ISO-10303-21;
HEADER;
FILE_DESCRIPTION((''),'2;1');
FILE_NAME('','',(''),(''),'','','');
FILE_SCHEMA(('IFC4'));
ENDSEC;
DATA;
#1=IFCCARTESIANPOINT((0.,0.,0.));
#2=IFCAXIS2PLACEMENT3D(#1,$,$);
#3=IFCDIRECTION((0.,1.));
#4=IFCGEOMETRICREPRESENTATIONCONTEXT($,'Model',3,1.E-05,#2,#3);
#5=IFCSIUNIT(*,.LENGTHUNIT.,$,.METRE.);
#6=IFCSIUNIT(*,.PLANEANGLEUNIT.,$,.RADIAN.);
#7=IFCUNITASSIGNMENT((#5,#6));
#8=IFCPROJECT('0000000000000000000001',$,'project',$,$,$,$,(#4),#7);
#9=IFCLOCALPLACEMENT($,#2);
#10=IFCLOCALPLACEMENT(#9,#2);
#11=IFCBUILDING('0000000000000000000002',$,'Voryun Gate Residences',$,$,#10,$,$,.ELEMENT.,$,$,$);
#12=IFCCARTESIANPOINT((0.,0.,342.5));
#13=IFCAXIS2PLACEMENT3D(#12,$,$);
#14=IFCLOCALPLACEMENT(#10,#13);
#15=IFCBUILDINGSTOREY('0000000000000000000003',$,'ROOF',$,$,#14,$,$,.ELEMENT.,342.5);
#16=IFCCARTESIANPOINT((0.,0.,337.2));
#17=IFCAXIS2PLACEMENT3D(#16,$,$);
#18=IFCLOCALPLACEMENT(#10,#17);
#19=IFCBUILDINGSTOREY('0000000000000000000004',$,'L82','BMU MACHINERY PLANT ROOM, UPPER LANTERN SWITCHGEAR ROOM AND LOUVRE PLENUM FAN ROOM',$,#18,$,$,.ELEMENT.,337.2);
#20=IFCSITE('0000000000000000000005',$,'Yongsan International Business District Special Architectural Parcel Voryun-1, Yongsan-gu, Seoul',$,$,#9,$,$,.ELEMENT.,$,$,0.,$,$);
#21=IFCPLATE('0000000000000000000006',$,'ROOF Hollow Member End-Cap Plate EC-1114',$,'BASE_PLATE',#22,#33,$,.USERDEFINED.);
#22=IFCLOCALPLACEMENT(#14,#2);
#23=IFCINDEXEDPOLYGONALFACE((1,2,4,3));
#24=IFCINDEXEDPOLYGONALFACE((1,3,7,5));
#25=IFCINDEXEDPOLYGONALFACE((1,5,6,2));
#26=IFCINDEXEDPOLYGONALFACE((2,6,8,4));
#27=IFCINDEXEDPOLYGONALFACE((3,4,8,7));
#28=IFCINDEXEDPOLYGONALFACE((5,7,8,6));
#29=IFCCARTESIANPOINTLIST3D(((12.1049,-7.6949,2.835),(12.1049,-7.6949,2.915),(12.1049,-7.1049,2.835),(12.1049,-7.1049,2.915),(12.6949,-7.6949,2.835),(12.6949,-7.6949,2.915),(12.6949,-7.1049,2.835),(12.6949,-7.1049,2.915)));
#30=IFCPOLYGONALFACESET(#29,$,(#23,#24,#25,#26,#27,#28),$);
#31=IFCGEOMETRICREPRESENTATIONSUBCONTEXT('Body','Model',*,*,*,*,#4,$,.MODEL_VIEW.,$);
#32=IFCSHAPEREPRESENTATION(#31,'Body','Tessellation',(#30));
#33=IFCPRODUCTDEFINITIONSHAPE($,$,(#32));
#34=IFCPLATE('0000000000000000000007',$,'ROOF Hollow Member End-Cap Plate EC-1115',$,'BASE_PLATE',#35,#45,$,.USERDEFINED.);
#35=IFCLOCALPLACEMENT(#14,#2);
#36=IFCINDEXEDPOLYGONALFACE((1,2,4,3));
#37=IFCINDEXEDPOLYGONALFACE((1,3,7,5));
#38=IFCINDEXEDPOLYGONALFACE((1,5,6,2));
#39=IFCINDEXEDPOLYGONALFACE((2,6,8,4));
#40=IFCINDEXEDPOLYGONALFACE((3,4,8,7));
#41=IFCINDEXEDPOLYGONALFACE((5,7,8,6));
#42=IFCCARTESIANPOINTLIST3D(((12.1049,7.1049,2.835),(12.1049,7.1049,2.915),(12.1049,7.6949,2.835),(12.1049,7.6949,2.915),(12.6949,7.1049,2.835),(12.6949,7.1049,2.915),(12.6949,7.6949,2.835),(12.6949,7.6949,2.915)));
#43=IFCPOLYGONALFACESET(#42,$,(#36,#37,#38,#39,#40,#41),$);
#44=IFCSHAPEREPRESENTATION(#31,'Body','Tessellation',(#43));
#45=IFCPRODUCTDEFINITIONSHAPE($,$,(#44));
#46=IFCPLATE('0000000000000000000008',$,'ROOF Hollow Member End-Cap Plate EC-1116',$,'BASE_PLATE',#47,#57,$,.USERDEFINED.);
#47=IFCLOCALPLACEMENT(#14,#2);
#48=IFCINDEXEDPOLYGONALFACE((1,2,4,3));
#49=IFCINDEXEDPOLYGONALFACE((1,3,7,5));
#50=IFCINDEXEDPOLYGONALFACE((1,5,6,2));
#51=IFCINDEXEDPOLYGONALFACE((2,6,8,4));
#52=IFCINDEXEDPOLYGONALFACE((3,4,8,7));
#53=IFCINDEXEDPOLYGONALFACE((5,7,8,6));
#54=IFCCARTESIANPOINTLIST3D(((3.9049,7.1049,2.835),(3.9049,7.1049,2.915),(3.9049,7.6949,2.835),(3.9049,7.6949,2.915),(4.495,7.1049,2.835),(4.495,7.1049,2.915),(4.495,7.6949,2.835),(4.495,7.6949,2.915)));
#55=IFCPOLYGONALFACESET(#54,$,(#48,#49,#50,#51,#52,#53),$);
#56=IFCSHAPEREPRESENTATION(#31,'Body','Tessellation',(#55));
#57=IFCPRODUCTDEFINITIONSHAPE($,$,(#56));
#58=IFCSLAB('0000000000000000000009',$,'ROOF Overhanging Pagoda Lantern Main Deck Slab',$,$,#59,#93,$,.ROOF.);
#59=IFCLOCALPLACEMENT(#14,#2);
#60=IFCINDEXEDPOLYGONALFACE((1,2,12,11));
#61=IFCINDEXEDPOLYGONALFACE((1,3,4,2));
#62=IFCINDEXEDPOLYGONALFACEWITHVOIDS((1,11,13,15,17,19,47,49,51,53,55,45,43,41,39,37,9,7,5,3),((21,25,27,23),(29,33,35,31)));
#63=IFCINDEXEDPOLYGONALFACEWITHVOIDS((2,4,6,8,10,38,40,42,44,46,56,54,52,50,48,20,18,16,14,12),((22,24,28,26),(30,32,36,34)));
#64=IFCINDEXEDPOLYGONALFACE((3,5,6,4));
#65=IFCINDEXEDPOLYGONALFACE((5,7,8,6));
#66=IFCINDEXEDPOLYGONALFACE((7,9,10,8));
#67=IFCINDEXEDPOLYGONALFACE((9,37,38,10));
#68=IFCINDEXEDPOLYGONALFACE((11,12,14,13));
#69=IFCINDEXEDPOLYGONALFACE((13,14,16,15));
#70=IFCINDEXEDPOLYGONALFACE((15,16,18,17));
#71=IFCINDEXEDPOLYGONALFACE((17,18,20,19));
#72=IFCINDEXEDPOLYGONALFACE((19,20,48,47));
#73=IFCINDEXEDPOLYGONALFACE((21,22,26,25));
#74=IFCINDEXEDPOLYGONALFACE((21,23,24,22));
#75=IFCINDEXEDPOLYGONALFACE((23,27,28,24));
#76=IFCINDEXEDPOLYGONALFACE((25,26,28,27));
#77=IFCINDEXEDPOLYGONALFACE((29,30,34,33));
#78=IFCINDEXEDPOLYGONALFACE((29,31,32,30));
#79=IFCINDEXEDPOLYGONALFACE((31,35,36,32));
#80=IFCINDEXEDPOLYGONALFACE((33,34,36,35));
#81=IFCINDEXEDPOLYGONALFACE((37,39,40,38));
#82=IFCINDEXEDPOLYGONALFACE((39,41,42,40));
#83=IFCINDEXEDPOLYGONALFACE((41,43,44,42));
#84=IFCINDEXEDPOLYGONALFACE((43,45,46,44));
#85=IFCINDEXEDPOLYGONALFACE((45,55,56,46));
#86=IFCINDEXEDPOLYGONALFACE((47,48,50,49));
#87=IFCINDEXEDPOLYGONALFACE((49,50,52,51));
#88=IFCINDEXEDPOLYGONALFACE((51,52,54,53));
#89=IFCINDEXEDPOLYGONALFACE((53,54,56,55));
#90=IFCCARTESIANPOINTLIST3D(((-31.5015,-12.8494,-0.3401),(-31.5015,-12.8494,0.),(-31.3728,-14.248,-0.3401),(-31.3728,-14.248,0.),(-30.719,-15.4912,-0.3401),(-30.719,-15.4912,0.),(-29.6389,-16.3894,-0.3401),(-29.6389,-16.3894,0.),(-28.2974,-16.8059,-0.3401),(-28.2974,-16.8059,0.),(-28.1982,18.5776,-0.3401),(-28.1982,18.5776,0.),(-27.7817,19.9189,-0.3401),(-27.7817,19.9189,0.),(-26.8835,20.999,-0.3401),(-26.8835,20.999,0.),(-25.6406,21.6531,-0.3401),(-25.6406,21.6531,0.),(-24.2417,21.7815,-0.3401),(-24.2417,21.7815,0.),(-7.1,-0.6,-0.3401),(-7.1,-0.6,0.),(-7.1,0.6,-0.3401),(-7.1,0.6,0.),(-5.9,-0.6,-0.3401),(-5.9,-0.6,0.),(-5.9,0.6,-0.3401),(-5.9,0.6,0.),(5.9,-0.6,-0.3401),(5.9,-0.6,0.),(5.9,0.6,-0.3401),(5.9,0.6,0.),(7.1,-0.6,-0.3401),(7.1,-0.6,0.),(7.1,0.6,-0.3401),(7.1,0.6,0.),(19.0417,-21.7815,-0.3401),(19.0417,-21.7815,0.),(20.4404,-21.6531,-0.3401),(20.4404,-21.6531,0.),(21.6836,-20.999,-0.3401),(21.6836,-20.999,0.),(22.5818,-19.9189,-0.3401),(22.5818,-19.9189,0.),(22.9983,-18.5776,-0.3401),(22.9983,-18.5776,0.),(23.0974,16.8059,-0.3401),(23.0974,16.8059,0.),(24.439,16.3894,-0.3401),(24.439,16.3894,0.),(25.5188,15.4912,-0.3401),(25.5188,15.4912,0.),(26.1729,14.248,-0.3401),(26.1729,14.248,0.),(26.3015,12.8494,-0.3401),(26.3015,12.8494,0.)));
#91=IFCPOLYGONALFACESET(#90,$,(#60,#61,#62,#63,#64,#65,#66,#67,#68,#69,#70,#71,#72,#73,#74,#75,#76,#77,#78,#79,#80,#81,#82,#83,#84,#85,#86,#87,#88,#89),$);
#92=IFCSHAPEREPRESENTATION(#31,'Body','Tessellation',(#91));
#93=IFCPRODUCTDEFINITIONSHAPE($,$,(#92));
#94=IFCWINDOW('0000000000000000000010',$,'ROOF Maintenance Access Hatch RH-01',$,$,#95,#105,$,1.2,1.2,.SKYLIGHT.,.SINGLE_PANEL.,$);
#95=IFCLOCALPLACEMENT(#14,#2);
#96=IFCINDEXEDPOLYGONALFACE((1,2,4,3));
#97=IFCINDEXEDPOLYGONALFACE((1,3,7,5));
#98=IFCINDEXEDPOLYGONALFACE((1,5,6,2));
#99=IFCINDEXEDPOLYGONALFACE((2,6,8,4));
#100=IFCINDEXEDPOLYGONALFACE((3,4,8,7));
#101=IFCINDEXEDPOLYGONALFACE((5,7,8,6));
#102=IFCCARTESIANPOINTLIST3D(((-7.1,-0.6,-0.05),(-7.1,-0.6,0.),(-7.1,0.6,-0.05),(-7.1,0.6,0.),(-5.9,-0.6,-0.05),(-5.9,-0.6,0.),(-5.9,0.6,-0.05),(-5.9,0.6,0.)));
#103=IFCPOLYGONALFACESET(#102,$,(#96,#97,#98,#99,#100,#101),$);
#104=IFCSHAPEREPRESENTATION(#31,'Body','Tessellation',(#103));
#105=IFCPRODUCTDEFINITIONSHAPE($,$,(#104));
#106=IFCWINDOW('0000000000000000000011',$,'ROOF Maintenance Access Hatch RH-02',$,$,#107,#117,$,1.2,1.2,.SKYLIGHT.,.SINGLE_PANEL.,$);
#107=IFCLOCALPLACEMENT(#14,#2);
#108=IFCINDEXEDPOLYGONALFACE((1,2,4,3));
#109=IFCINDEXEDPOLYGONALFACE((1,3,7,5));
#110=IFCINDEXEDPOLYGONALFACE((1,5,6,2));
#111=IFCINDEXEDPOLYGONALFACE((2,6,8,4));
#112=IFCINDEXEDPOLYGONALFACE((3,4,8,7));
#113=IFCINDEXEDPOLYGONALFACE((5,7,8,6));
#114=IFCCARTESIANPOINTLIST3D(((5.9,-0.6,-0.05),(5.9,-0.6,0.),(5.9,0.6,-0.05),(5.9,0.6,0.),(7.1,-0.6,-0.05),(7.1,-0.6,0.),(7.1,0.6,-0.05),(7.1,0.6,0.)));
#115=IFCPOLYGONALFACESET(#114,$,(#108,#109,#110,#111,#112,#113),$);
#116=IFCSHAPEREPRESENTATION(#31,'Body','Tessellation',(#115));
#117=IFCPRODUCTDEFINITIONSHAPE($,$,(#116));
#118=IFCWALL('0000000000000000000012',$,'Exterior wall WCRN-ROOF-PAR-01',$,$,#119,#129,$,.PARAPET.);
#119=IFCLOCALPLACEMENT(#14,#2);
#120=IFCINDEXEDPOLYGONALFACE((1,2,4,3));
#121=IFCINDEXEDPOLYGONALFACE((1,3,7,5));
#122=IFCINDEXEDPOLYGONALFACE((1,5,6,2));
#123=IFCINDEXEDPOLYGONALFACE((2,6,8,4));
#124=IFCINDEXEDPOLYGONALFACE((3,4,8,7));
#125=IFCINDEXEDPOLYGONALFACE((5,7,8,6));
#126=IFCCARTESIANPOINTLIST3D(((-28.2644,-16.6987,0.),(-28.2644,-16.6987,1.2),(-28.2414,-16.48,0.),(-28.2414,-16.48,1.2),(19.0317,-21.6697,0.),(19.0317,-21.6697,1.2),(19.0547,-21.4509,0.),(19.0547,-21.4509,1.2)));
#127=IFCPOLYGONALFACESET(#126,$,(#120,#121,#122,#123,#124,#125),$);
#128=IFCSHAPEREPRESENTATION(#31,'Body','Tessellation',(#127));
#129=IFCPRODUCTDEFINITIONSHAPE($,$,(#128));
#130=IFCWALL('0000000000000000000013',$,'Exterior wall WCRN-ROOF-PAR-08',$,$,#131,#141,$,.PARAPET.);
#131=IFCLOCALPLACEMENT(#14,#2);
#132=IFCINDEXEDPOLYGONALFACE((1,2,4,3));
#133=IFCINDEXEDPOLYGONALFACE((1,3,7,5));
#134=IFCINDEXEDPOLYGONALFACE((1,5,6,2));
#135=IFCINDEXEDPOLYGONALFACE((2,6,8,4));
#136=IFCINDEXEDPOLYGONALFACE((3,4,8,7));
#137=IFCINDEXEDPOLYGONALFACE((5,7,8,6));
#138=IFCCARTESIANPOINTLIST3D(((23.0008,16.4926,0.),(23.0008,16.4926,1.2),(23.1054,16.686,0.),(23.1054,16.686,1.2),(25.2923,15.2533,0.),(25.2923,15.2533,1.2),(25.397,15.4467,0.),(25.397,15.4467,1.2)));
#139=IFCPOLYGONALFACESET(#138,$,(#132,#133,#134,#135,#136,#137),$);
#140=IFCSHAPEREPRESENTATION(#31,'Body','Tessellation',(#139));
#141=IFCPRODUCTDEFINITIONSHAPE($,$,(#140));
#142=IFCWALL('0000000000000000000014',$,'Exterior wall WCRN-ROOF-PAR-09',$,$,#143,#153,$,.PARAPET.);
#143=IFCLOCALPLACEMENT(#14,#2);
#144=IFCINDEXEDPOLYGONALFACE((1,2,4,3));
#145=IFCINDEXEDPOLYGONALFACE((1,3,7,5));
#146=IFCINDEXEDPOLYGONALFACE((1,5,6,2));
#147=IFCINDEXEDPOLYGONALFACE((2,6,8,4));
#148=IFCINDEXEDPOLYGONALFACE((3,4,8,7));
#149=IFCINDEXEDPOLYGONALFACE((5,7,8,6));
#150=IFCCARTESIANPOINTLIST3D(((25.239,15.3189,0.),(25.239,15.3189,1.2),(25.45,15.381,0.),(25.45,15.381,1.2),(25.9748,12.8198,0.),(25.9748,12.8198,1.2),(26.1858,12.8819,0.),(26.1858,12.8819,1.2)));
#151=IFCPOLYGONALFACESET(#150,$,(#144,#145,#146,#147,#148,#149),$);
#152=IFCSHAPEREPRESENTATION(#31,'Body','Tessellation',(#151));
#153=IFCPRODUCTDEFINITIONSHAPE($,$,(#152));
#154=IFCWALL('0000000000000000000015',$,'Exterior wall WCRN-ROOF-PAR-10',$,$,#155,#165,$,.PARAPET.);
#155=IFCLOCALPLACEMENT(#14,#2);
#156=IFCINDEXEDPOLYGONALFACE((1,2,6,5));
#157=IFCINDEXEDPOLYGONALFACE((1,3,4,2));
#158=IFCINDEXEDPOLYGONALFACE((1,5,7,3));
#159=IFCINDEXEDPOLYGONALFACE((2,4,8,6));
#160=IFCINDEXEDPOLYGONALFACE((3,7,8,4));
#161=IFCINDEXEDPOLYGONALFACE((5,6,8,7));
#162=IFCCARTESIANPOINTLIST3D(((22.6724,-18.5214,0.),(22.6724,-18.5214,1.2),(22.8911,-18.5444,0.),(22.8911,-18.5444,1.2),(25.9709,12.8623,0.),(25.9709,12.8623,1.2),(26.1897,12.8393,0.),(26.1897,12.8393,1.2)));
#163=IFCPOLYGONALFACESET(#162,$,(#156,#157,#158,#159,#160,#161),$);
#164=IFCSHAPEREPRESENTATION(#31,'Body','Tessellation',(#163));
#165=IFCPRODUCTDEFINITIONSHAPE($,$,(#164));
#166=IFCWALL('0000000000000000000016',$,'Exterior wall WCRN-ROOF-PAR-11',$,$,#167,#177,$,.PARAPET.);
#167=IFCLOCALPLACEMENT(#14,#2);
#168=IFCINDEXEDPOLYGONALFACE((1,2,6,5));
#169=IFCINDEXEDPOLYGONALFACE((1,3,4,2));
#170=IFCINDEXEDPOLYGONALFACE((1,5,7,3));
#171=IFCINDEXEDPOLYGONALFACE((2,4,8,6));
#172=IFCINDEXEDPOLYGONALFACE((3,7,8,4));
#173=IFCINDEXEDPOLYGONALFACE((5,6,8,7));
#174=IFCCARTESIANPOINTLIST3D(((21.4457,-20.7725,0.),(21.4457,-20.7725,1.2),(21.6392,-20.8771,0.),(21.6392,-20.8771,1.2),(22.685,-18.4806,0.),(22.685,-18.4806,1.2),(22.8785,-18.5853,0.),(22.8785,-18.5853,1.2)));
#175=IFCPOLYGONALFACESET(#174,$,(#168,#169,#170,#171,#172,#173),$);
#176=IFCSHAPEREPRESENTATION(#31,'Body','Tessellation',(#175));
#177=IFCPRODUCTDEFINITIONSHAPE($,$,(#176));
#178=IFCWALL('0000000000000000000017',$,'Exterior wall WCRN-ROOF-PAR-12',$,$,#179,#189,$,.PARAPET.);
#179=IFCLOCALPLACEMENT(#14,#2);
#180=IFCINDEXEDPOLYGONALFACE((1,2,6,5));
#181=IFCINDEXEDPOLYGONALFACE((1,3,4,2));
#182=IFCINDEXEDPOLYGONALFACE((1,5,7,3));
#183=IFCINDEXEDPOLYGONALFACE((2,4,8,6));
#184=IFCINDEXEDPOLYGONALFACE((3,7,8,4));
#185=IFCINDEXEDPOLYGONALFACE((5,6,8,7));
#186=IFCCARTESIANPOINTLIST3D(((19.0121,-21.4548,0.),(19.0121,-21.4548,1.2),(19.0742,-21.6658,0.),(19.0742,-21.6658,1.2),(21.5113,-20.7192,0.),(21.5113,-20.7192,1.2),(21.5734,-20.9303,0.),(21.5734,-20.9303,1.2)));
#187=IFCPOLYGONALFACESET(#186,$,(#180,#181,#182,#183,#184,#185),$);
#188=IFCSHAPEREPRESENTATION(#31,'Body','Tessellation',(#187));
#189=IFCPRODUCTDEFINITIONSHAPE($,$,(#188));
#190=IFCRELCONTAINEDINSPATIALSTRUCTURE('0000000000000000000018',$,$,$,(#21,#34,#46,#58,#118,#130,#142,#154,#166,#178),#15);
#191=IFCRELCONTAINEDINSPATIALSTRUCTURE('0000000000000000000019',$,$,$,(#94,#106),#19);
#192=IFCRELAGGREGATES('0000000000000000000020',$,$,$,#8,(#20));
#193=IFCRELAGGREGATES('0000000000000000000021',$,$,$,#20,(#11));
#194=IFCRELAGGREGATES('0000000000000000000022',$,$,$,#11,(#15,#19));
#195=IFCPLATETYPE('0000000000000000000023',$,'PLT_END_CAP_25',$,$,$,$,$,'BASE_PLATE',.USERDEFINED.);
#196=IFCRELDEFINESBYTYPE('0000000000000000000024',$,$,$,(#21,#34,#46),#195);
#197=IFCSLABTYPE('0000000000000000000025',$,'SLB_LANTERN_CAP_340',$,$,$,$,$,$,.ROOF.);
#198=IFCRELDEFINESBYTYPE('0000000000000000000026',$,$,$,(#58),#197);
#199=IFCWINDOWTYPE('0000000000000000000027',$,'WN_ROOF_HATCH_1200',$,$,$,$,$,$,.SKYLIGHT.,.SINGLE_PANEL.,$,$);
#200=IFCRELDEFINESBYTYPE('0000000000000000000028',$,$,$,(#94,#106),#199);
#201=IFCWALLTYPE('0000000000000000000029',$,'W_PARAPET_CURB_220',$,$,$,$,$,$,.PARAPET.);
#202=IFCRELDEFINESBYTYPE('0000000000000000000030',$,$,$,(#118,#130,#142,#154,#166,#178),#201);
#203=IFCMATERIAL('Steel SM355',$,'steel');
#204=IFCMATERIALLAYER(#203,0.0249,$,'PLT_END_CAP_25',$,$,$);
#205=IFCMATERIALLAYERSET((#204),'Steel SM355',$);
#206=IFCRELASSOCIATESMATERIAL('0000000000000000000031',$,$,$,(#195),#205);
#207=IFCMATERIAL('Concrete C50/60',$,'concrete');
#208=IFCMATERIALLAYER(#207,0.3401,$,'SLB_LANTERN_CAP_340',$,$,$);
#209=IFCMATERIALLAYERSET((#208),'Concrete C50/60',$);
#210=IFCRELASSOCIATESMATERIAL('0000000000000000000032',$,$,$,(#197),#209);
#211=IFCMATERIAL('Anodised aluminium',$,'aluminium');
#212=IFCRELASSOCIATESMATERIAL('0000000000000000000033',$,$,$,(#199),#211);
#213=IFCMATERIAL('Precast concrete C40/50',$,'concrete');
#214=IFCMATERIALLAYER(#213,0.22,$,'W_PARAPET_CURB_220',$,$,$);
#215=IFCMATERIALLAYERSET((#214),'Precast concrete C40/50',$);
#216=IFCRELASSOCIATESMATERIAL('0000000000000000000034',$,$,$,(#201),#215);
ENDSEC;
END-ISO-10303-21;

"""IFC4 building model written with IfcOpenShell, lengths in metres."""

from ifc_helpers import new_model, si_unit, direction, frame, frame_2d, origin, origin_2d, place, context, subcontext, project, spatial, polyline, rectangle, outline, extrude, material, layer, layer_set, type_object, element, fill, save


model = new_model("IFC4")

# Units and contexts
model_context = context("Model", 3, precision=1e-05, world=origin(), true_north=direction((0.0, 1.0)))
body_context = subcontext(model_context, "Body", "Model", "MODEL_VIEW")
ifc_project = project(units=[si_unit("LENGTHUNIT", "METRE"), si_unit("PLANEANGLEUNIT", "RADIAN")], contexts=[model_context])

# Site, building, storey
site_placement = place(None, origin())
site = spatial("IfcSite", under=ifc_project, at=site_placement, Name="Yongsan International Business District Special Architectural Parcel Voryun-1, Yongsan-gu, Seoul", CompositionType="ELEMENT", RefElevation=0.0)
building_placement = place(site_placement, origin())
building = spatial("IfcBuilding", under=site, at=building_placement, Name="Voryun Gate Residences", CompositionType="ELEMENT")
storey_1_placement = place(building_placement, frame((0.0, 0.0, 342.5)))
storey_1 = spatial("IfcBuildingStorey", under=building, at=storey_1_placement, Name="ROOF", CompositionType="ELEMENT", Elevation=342.5)

# Plates
ifc_material_1 = material(Name="Steel SM355", Category="steel")
ifc_layer_1 = layer(ifc_material_1, 0.0249, Name="PLT_END_CAP_25")
ifc_layer_set_1 = layer_set([ifc_layer_1], Name="Steel SM355")
plate_type = type_object("IfcPlateType", Name="PLT_END_CAP_25", ElementType="BASE_PLATE", PredefinedType="USERDEFINED", material=ifc_layer_set_1)
for number, where, z_axis, x_axis, name in (
    (1, (12.3999, -7.3999, 2.835), (0.0, 0.0, 1.0), (1.0, 0.0, 0.0), "ROOF Hollow Member End-Cap Plate EC-1114"),
    (2, (12.3999, 7.3999, 2.835), (0.0, 0.0, 1.0), (1.0, 0.0, 0.0), "ROOF Hollow Member End-Cap Plate EC-1115"),
    (3, (4.2, 7.3999, 2.835), (0.0, 0.0, 1.0), (1.0, 0.0, 0.0), "ROOF Hollow Member End-Cap Plate EC-1116"),
):
    element("IfcPlate", number, at=place(storey_1_placement, frame(where, z_axis=z_axis, x_axis=x_axis)), inside=storey_1, type_object=plate_type, Name=name, ObjectType="BASE_PLATE", PredefinedType="USERDEFINED", context=body_context, shape_type="SweptSolid", body=[
        extrude(rectangle(XDim=0.5901, YDim=0.5901, at=origin_2d()), origin(), (0.0, 0.0, 1.0), 0.0801),
    ])

# Slab, openings
ifc_material_2 = material(Name="Concrete C50/60", Category="concrete")
ifc_layer_2 = layer(ifc_material_2, 0.3401, Name="SLB_LANTERN_CAP_340")
ifc_layer_set_2 = layer_set([ifc_layer_2], Name="Concrete C50/60")
slab_type = type_object("IfcSlabType", Name="SLB_LANTERN_CAP_340", PredefinedType="ROOF", material=ifc_layer_set_2)
slab_placement = place(storey_1_placement, frame((0.0, 0.0, -0.3401)))
slab = element("IfcSlab", 4, at=slab_placement, inside=storey_1, type_object=slab_type, Name="ROOF Overhanging Pagoda Lantern Main Deck Slab", PredefinedType="ROOF", context=body_context, shape_type="SweptSolid", body=[
    extrude(outline(polyline([(19.0417, -21.7815), (20.4404, -21.6531), (21.6836, -20.999), (22.5818, -19.9189), (22.9983, -18.5776), (26.3015, 12.8494), (26.1729, 14.248), (25.5188, 15.4912), (24.439, 16.3894), (23.0974, 16.8059), (-24.2417, 21.7815), (-25.6406, 21.6531), (-26.8835, 20.999), (-27.7817, 19.9189), (-28.1982, 18.5776), (-31.5015, -12.8494), (-31.3728, -14.248), (-30.719, -15.4912), (-29.6389, -16.3894), (-28.2974, -16.8059), (19.0417, -21.7815)])), origin(), (0.0, 0.0, 1.0), 0.3401),
])
opening_1_placement = place(slab_placement, frame((-6.5, 0.0, 0.0)))
opening_1 = element("IfcOpeningElement", 5, at=opening_1_placement, cuts=slab, PredefinedType="OPENING", context=body_context, shape_type="SweptSolid", body=[
    extrude(rectangle(XDim=1.2, YDim=1.2, at=origin_2d()), origin(), (0.0, 0.0, 1.0), 0.3401),
])
opening_2_placement = place(slab_placement, frame((6.5, 0.0, 0.0)))
opening_2 = element("IfcOpeningElement", 6, at=opening_2_placement, cuts=slab, PredefinedType="OPENING", context=body_context, shape_type="SweptSolid", body=[
    extrude(rectangle(XDim=1.2, YDim=1.2, at=origin_2d()), origin(), (0.0, 0.0, 1.0), 0.3401),
])

# Shared definitions
storey_2_placement = place(building_placement, frame((0.0, 0.0, 337.2)))
storey_2 = spatial("IfcBuildingStorey", under=building, at=storey_2_placement, Name="L82", Description="BMU MACHINERY PLANT ROOM, UPPER LANTERN SWITCHGEAR ROOM AND LOUVRE PLENUM FAN ROOM", CompositionType="ELEMENT", Elevation=337.2)

# Windows
ifc_material_3 = material(Name="Anodised aluminium", Category="aluminium")
window_type = type_object("IfcWindowType", Name="WN_ROOF_HATCH_1200", PartitioningType="SINGLE_PANEL", PredefinedType="SKYLIGHT", material=ifc_material_3)
window_1_placement = place(opening_1_placement, frame((0.0, 0.0, 0.29)))
window_1 = element("IfcWindow", 7, at=window_1_placement, inside=storey_2, type_object=window_type, Name="ROOF Maintenance Access Hatch RH-01", OverallHeight=1.2, OverallWidth=1.2, PartitioningType="SINGLE_PANEL", PredefinedType="SKYLIGHT", context=body_context, shape_type="SweptSolid", body=[
    extrude(rectangle(XDim=1.2, YDim=1.2, at=origin_2d()), origin(), (0.0, 0.0, 1.0), 0.05),
])
fill(opening_1, window_1)
window_2_placement = place(opening_2_placement, frame((0.0, 0.0, 0.29)))
window_2 = element("IfcWindow", 8, at=window_2_placement, inside=storey_2, type_object=window_type, Name="ROOF Maintenance Access Hatch RH-02", OverallHeight=1.2, OverallWidth=1.2, PartitioningType="SINGLE_PANEL", PredefinedType="SKYLIGHT", context=body_context, shape_type="SweptSolid", body=[
    extrude(rectangle(XDim=1.2, YDim=1.2, at=origin_2d()), origin(), (0.0, 0.0, 1.0), 0.05),
])
fill(opening_2, window_2)

# Walls
ifc_material_4 = material(Name="Precast concrete C40/50", Category="concrete")
ifc_layer_3 = layer(ifc_material_4, 0.22, Name="W_PARAPET_CURB_220")
ifc_layer_set_3 = layer_set([ifc_layer_3], Name="Precast concrete C40/50")
wall_type = type_object("IfcWallType", Name="W_PARAPET_CURB_220", PredefinedType="PARAPET", material=ifc_layer_set_3)
wall_1_placement = place(storey_1_placement, frame((19.0432, -21.5603, 0.0), z_axis=(0.0, 0.0, 1.0), x_axis=(-0.994522, 0.104527, 0.0)))
element("IfcWall", 9, at=wall_1_placement, inside=storey_1, type_object=wall_type, Name="Exterior wall WCRN-ROOF-PAR-01", PredefinedType="PARAPET", context=body_context, shape_type="SweptSolid", body=[
    extrude(rectangle(XDim=47.5566, YDim=0.22, at=frame_2d((23.7783, 0.0))), origin(), (0.0, 0.0, 1.0), 1.2),
])
for number, where, z_axis, x_axis, name in (
    (10, (23.053, 16.5894, 0.0), (0.0, 0.0, 1.0), (0.879609, -0.475697, 0.0), "Exterior wall WCRN-ROOF-PAR-08"),
    (11, (25.3445, 15.3501, 0.0), (0.0, 0.0, 1.0), (0.282435, -0.959286, 0.0), "Exterior wall WCRN-ROOF-PAR-09"),
):
    element("IfcWall", number, at=place(storey_1_placement, frame(where, z_axis=z_axis, x_axis=x_axis)), inside=storey_1, type_object=wall_type, Name=name, PredefinedType="PARAPET", context=body_context, shape_type="SweptSolid", body=[
        extrude(rectangle(XDim=2.6052, YDim=0.22, at=frame_2d((1.3027, 0.0))), origin(), (0.0, 0.0, 1.0), 1.2),
    ])
wall_2_placement = place(storey_1_placement, frame((26.0803, 12.8508, 0.0), z_axis=(0.0, 0.0, 1.0), x_axis=(-0.104529, -0.994522, 0.0)))
element("IfcWall", 12, at=wall_2_placement, inside=storey_1, type_object=wall_type, Name="Exterior wall WCRN-ROOF-PAR-10", PredefinedType="PARAPET", context=body_context, shape_type="SweptSolid", body=[
    extrude(rectangle(XDim=31.5566, YDim=0.22, at=frame_2d((15.7783, 0.0))), origin(), (0.0, 0.0, 1.0), 1.2),
])
wall_3_placement = place(storey_1_placement, frame((22.7817, -18.533, 0.0), z_axis=(0.0, 0.0, 1.0), x_axis=(-0.475658, -0.87963, 0.0)))
element("IfcWall", 13, at=wall_3_placement, inside=storey_1, type_object=wall_type, Name="Exterior wall WCRN-ROOF-PAR-11", PredefinedType="PARAPET", context=body_context, shape_type="SweptSolid", body=[
    extrude(rectangle(XDim=2.6055, YDim=0.22, at=frame_2d((1.3027, 0.0))), origin(), (0.0, 0.0, 1.0), 1.2),
])
wall_4_placement = place(storey_1_placement, frame((21.5425, -20.8247, 0.0), z_axis=(0.0, 0.0, 1.0), x_axis=(-0.959312, -0.282349, 0.0)))
element("IfcWall", 14, at=wall_4_placement, inside=storey_1, type_object=wall_type, Name="Exterior wall WCRN-ROOF-PAR-12", PredefinedType="PARAPET", context=body_context, shape_type="SweptSolid", body=[
    extrude(rectangle(XDim=2.6052, YDim=0.22, at=frame_2d((1.3027, 0.0))), origin(), (0.0, 0.0, 1.0), 1.2),
])

save(model, "model.ifc")
